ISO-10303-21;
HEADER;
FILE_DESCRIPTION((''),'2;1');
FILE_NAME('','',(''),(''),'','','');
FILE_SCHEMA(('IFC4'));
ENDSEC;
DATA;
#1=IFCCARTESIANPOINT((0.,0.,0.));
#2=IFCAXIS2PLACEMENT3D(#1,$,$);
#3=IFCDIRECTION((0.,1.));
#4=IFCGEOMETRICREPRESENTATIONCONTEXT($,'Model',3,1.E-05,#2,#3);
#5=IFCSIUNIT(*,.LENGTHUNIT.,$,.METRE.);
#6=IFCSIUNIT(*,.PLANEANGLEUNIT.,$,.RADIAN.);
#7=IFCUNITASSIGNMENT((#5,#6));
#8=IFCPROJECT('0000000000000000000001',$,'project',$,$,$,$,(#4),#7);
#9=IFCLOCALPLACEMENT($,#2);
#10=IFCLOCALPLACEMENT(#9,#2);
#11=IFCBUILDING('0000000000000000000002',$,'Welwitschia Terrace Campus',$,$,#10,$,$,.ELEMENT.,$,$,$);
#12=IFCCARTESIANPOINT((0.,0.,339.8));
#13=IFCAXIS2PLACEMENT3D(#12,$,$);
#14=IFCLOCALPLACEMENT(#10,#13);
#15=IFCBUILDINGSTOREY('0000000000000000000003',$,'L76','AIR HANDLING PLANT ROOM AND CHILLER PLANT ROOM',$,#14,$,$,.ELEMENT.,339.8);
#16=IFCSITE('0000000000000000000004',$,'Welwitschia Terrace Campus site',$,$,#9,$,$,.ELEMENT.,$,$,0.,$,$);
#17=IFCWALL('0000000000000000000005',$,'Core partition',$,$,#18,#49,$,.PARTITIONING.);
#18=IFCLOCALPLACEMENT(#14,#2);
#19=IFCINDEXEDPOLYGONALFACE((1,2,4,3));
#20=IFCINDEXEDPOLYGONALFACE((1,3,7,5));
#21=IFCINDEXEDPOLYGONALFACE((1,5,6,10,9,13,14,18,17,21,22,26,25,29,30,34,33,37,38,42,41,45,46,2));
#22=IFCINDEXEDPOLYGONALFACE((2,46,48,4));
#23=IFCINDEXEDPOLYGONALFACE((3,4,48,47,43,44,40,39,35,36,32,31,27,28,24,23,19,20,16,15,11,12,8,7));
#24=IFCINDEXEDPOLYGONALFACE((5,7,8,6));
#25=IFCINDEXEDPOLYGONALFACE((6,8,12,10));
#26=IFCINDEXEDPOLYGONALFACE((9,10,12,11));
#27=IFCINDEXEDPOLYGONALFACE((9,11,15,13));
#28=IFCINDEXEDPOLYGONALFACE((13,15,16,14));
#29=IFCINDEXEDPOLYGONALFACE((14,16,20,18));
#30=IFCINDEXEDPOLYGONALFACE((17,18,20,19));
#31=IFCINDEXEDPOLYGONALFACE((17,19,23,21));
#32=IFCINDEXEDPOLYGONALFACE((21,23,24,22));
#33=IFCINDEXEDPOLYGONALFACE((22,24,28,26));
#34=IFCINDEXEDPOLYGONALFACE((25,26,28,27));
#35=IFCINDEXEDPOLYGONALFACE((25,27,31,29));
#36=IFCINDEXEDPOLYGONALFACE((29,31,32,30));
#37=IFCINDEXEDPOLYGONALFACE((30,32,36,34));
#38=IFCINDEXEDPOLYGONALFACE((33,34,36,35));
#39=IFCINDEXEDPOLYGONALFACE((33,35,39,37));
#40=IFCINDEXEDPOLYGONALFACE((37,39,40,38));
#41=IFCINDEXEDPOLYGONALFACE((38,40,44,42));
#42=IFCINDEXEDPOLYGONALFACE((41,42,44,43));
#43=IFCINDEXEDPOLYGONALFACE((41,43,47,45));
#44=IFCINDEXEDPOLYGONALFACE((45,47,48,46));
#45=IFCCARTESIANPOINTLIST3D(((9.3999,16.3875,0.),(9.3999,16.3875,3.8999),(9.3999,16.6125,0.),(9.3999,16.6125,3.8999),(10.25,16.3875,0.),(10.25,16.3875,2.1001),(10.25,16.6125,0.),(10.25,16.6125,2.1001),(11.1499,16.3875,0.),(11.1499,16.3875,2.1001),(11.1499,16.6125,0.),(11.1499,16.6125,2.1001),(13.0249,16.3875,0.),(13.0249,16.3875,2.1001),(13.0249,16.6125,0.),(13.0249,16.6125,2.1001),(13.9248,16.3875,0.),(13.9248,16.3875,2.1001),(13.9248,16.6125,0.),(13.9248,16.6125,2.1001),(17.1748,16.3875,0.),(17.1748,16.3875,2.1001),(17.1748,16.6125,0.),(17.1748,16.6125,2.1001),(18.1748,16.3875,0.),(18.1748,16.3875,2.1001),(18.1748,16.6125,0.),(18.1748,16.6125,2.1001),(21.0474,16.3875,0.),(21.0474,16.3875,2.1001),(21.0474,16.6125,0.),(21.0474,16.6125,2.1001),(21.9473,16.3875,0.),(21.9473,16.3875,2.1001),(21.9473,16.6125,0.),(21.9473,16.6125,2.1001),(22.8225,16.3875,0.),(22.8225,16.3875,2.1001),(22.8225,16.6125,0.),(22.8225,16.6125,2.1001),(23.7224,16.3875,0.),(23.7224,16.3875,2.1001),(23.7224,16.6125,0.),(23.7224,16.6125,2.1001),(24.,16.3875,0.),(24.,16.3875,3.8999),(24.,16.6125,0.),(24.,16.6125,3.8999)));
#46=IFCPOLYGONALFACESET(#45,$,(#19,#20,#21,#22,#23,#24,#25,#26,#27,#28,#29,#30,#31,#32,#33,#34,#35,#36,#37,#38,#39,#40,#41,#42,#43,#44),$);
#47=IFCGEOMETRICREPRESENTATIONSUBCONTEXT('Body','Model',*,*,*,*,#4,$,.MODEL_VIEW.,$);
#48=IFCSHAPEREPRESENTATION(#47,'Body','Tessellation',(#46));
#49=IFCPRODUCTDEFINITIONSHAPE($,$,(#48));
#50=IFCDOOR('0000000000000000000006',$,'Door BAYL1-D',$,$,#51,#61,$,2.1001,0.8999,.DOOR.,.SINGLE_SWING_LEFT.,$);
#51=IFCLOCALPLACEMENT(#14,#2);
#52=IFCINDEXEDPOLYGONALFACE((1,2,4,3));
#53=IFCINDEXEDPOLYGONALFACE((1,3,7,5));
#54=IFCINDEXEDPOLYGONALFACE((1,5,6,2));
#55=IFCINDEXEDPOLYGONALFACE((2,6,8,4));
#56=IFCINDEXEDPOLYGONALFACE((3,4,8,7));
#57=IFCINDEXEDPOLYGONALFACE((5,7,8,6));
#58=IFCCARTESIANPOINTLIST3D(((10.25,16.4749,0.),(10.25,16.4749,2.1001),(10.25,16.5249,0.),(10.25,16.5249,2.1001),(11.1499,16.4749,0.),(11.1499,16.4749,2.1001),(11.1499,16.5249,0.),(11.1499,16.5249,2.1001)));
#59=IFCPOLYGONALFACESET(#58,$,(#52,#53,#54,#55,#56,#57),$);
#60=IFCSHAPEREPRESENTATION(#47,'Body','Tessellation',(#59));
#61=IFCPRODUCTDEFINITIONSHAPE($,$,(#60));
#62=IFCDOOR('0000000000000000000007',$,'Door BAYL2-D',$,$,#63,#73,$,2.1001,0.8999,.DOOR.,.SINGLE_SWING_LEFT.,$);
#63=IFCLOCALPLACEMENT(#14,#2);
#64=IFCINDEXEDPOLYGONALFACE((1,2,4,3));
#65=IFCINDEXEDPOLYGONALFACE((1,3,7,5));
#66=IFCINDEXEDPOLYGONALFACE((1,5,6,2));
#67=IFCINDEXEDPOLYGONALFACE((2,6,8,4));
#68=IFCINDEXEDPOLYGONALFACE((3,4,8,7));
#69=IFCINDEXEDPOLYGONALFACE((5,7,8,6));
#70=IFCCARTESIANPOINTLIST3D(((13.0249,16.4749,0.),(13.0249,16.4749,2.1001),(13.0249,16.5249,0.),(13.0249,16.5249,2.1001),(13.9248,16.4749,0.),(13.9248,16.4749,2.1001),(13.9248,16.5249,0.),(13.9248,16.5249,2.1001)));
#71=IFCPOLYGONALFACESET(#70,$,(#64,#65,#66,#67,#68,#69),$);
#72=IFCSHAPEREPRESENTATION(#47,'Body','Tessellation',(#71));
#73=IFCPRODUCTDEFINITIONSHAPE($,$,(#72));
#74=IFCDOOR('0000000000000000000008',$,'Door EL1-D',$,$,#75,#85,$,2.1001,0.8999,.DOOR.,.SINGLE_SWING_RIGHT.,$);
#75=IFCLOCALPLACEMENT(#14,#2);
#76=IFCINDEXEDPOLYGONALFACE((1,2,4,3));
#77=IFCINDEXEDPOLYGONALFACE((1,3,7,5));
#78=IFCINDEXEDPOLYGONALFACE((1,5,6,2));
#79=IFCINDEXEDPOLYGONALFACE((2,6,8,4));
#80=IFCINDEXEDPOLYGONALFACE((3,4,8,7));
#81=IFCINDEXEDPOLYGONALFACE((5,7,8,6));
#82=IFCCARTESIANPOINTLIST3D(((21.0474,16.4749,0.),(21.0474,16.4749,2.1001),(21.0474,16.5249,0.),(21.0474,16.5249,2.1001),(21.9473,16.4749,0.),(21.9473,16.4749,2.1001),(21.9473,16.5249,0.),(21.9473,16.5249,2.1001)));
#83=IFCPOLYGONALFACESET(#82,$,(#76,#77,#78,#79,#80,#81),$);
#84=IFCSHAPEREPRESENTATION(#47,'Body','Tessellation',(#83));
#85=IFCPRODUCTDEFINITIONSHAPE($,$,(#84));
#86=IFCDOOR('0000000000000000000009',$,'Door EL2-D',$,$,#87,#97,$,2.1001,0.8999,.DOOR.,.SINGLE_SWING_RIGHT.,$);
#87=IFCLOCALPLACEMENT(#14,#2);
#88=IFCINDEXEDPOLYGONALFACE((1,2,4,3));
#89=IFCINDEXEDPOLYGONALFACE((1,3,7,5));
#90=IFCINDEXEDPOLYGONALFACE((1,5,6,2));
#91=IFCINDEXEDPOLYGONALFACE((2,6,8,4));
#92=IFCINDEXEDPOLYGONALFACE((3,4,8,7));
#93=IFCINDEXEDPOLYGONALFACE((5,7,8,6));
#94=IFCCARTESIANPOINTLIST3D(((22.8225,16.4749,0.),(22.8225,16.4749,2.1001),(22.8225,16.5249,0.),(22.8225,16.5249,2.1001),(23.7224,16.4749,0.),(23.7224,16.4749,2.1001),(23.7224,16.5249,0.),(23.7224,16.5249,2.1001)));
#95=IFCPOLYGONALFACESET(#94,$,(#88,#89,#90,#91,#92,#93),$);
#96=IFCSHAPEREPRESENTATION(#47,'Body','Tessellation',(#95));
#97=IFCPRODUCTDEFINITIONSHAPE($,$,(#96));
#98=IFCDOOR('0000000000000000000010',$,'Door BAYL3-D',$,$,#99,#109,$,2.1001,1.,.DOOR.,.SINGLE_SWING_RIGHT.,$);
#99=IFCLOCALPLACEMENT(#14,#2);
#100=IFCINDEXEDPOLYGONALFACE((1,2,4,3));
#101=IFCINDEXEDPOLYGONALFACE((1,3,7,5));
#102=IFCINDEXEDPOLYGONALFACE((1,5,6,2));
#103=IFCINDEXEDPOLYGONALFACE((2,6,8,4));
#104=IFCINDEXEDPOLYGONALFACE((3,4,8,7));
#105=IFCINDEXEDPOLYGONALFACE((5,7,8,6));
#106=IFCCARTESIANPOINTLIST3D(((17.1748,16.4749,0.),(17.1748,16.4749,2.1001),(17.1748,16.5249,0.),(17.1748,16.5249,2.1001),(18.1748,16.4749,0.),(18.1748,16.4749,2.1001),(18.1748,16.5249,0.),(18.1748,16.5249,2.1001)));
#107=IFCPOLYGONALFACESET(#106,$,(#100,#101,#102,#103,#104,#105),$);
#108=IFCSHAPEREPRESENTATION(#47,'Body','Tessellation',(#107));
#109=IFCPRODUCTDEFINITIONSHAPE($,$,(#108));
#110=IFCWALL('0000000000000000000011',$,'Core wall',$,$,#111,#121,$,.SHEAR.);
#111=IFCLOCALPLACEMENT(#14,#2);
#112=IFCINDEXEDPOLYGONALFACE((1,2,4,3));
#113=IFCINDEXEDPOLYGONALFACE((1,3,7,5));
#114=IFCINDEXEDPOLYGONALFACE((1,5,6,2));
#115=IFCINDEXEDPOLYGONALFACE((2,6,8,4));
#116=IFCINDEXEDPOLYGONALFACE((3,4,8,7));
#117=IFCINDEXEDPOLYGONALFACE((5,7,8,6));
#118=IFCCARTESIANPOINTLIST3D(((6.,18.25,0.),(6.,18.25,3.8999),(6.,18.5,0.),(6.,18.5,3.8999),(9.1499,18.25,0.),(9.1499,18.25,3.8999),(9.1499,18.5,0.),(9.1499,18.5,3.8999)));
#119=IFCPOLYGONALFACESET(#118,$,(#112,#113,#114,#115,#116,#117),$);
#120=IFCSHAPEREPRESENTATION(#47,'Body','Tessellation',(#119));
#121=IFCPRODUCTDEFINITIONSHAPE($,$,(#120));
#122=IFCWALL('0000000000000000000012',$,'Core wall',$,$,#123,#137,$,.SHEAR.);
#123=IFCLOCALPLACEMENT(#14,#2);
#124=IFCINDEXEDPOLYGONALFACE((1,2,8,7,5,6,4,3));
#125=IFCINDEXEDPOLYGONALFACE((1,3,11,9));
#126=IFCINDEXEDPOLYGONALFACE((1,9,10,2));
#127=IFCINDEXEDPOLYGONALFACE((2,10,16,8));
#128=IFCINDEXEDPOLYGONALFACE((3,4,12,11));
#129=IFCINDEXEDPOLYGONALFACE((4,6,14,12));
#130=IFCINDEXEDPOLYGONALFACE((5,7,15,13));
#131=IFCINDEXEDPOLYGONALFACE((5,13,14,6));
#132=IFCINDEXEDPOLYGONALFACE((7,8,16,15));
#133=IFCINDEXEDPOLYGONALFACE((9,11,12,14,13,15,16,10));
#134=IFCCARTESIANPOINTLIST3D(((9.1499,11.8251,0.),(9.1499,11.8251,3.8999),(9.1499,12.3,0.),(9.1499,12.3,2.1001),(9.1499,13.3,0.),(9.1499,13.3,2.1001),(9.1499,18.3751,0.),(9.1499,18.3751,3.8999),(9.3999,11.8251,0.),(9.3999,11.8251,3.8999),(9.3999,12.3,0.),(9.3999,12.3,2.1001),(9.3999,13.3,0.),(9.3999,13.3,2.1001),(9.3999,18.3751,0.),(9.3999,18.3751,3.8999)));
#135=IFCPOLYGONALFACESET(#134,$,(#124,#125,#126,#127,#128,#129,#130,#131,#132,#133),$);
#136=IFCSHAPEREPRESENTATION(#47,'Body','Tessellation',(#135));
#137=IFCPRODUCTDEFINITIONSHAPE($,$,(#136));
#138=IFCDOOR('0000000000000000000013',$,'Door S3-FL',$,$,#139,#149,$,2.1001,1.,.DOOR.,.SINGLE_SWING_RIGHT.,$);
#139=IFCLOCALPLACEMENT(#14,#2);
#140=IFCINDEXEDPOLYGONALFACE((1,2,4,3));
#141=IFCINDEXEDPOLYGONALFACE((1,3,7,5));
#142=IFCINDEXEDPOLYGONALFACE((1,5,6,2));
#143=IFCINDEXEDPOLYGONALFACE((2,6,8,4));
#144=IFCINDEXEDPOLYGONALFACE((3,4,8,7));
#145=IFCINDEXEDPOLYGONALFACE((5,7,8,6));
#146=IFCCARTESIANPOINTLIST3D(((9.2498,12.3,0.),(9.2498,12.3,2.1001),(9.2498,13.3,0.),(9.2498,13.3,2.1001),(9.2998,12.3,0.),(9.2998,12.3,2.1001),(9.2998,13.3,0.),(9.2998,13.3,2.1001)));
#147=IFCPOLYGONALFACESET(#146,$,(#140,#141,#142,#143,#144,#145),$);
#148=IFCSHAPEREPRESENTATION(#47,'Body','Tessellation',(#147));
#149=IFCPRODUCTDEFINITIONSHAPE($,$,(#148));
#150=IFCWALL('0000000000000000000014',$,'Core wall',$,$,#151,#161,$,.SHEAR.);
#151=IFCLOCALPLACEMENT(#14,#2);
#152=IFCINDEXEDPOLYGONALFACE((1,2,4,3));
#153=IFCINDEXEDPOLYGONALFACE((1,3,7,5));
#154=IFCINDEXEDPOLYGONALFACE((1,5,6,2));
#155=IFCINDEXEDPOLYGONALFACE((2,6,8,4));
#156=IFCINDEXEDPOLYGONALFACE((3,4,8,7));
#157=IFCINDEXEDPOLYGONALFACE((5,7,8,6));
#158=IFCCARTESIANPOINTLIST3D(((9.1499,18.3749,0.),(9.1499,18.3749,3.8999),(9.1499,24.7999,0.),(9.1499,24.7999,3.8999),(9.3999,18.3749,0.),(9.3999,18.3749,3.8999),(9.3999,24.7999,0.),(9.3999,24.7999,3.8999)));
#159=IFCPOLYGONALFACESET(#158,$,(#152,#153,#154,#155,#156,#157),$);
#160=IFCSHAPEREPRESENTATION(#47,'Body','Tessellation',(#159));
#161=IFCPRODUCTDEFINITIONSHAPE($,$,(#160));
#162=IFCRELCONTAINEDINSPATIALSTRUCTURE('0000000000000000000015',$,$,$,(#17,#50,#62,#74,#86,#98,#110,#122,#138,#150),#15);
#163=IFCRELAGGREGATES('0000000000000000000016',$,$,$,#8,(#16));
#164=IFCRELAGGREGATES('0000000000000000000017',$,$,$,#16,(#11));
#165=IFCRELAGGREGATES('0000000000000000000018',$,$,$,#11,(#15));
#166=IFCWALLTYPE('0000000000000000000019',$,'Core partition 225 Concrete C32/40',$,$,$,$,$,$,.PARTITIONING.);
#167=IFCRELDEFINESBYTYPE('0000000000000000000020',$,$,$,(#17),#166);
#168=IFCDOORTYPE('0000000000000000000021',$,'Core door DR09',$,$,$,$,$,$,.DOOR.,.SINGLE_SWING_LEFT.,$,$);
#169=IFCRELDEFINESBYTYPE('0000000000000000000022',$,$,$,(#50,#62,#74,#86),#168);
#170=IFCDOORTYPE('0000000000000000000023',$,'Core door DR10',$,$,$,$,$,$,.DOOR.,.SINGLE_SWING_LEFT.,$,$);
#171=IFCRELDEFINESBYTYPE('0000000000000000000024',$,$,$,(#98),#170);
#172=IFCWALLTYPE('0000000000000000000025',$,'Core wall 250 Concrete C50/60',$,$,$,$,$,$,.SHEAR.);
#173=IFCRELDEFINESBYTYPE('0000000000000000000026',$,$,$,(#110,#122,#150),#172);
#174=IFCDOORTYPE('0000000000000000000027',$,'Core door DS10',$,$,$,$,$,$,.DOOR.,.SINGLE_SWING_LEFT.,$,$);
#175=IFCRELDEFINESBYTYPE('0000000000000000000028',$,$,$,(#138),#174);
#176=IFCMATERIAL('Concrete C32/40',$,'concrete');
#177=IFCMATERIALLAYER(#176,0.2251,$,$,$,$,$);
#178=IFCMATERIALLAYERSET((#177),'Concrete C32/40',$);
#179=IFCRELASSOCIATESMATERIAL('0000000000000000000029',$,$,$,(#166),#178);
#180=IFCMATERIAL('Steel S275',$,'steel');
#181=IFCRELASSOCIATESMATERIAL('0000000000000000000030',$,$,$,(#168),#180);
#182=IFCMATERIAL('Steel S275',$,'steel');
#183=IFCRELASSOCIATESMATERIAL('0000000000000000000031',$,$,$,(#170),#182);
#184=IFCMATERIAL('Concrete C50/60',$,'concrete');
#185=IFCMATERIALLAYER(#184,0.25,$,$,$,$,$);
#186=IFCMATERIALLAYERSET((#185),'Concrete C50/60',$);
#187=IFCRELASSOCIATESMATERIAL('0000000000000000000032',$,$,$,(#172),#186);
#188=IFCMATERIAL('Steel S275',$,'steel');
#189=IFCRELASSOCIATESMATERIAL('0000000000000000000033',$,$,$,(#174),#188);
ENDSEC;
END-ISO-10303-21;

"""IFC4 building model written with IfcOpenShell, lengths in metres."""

from ifc_helpers import new_model, si_unit, direction, frame, frame_2d, origin, place, context, subcontext, project, spatial, rectangle, extrude, material, layer, layer_set, type_object, element, fill, save


model = new_model("IFC4")

# Units and contexts
model_context = context("Model", 3, precision=1e-05, world=origin(), true_north=direction((0.0, 1.0)))
body_context = subcontext(model_context, "Body", "Model", "MODEL_VIEW")
ifc_project = project(units=[si_unit("LENGTHUNIT", "METRE"), si_unit("PLANEANGLEUNIT", "RADIAN")], contexts=[model_context])

# Site, building, storey
site_placement = place(None, origin())
site = spatial("IfcSite", under=ifc_project, at=site_placement, Name="Welwitschia Terrace Campus site", CompositionType="ELEMENT", RefElevation=0.0)
building_placement = place(site_placement, origin())
building = spatial("IfcBuilding", under=site, at=building_placement, Name="Welwitschia Terrace Campus", CompositionType="ELEMENT")
storey_placement = place(building_placement, frame((0.0, 0.0, 339.8)))
storey = spatial("IfcBuildingStorey", under=building, at=storey_placement, Name="L76", Description="AIR HANDLING PLANT ROOM AND CHILLER PLANT ROOM", CompositionType="ELEMENT", Elevation=339.8)

# Wall, openings, doors
ifc_material_1 = material(Name="Concrete C32/40", Category="concrete")
ifc_layer_1 = layer(ifc_material_1, 0.2251)
ifc_layer_set_1 = layer_set([ifc_layer_1], Name="Concrete C32/40")
wall_type_1 = type_object("IfcWallType", Name="Core partition 225 Concrete C32/40", PredefinedType="PARTITIONING", material=ifc_layer_set_1)
wall_1_placement = place(storey_placement, frame((9.3999, 16.5, 0.0), z_axis=(0.0, 0.0, 1.0), x_axis=(1.0, 0.0, 0.0)))
wall_1 = element("IfcWall", 1, at=wall_1_placement, inside=storey, type_object=wall_type_1, Name="Core partition", PredefinedType="PARTITIONING", context=body_context, shape_type="SweptSolid", body=[
    extrude(rectangle(XDim=14.6001, YDim=0.2251, at=frame_2d((7.3, 0.0))), origin(), (0.0, 0.0, 1.0), 3.8999),
])
opening_1_placement = place(wall_1_placement, frame((0.8501, 0.0, 0.0)))
opening_1 = element("IfcOpeningElement", 2, at=opening_1_placement, cuts=wall_1, PredefinedType="OPENING", context=body_context, shape_type="SweptSolid", body=[
    extrude(rectangle(XDim=0.8999, YDim=2.1001, at=frame_2d((0.45, 1.05))), frame((0.0, 0.1226, 0.0), z_axis=(0.0, -1.0, 0.0), x_axis=(1.0, 0.0, 0.0)), (0.0, 0.0, 1.0), 0.2451),
])
opening_2_placement = place(wall_1_placement, frame((3.625, 0.0, 0.0)))
opening_2 = element("IfcOpeningElement", 3, at=opening_2_placement, cuts=wall_1, PredefinedType="OPENING", context=body_context, shape_type="SweptSolid", body=[
    extrude(rectangle(XDim=0.8999, YDim=2.1001, at=frame_2d((0.45, 1.05))), frame((0.0, 0.1226, 0.0), z_axis=(0.0, -1.0, 0.0), x_axis=(1.0, 0.0, 0.0)), (0.0, 0.0, 1.0), 0.2451),
])
opening_3_placement = place(wall_1_placement, frame((7.7749, 0.0, 0.0)))
opening_3 = element("IfcOpeningElement", 4, at=opening_3_placement, cuts=wall_1, PredefinedType="OPENING", context=body_context, shape_type="SweptSolid", body=[
    extrude(rectangle(XDim=1.0, YDim=2.1001, at=frame_2d((0.5, 1.05))), frame((0.0, 0.1226, 0.0), z_axis=(0.0, -1.0, 0.0), x_axis=(1.0, 0.0, 0.0)), (0.0, 0.0, 1.0), 0.2451),
])
opening_4_placement = place(wall_1_placement, frame((11.6475, 0.0, 0.0)))
opening_4 = element("IfcOpeningElement", 5, at=opening_4_placement, cuts=wall_1, PredefinedType="OPENING", context=body_context, shape_type="SweptSolid", body=[
    extrude(rectangle(XDim=0.8999, YDim=2.1001, at=frame_2d((0.45, 1.05))), frame((0.0, 0.1226, 0.0), z_axis=(0.0, -1.0, 0.0), x_axis=(1.0, 0.0, 0.0)), (0.0, 0.0, 1.0), 0.2451),
])
opening_5_placement = place(wall_1_placement, frame((13.4226, 0.0, 0.0)))
opening_5 = element("IfcOpeningElement", 6, at=opening_5_placement, cuts=wall_1, PredefinedType="OPENING", context=body_context, shape_type="SweptSolid", body=[
    extrude(rectangle(XDim=0.8999, YDim=2.1001, at=frame_2d((0.45, 1.05))), frame((0.0, 0.1226, 0.0), z_axis=(0.0, -1.0, 0.0), x_axis=(1.0, 0.0, 0.0)), (0.0, 0.0, 1.0), 0.2451),
])
ifc_material_2 = material(Name="Steel S275", Category="steel")
door_type_1 = type_object("IfcDoorType", Name="Core door DR09", OperationType="SINGLE_SWING_LEFT", PredefinedType="DOOR", material=ifc_material_2)
door_1_placement = place(opening_1_placement, origin())
door_1 = element("IfcDoor", 7, at=door_1_placement, inside=storey, type_object=door_type_1, Name="Door BAYL1-D", OperationType="SINGLE_SWING_LEFT", OverallHeight=2.1001, OverallWidth=0.8999, PredefinedType="DOOR", context=body_context, shape_type="SweptSolid", body=[
    extrude(rectangle(XDim=0.8999, YDim=2.1001, at=frame_2d((0.45, 1.05))), frame((0.0, 0.0249, 0.0), z_axis=(0.0, -1.0, 0.0), x_axis=(1.0, 0.0, 0.0)), (0.0, 0.0, 1.0), 0.05),
])
fill(opening_1, door_1)
door_2_placement = place(opening_2_placement, origin())
door_2 = element("IfcDoor", 8, at=door_2_placement, inside=storey, type_object=door_type_1, Name="Door BAYL2-D", OperationType="SINGLE_SWING_LEFT", OverallHeight=2.1001, OverallWidth=0.8999, PredefinedType="DOOR", context=body_context, shape_type="SweptSolid", body=[
    extrude(rectangle(XDim=0.8999, YDim=2.1001, at=frame_2d((0.45, 1.05))), frame((0.0, 0.0249, 0.0), z_axis=(0.0, -1.0, 0.0), x_axis=(1.0, 0.0, 0.0)), (0.0, 0.0, 1.0), 0.05),
])
fill(opening_2, door_2)
door_3_placement = place(opening_4_placement, origin())
door_3 = element("IfcDoor", 9, at=door_3_placement, inside=storey, type_object=door_type_1, Name="Door EL1-D", OperationType="SINGLE_SWING_RIGHT", OverallHeight=2.1001, OverallWidth=0.8999, PredefinedType="DOOR", context=body_context, shape_type="SweptSolid", body=[
    extrude(rectangle(XDim=0.8999, YDim=2.1001, at=frame_2d((0.45, 1.05))), frame((0.0, 0.0249, 0.0), z_axis=(0.0, -1.0, 0.0), x_axis=(1.0, 0.0, 0.0)), (0.0, 0.0, 1.0), 0.05),
])
fill(opening_4, door_3)
door_4_placement = place(opening_5_placement, origin())
door_4 = element("IfcDoor", 10, at=door_4_placement, inside=storey, type_object=door_type_1, Name="Door EL2-D", OperationType="SINGLE_SWING_RIGHT", OverallHeight=2.1001, OverallWidth=0.8999, PredefinedType="DOOR", context=body_context, shape_type="SweptSolid", body=[
    extrude(rectangle(XDim=0.8999, YDim=2.1001, at=frame_2d((0.45, 1.05))), frame((0.0, 0.0249, 0.0), z_axis=(0.0, -1.0, 0.0), x_axis=(1.0, 0.0, 0.0)), (0.0, 0.0, 1.0), 0.05),
])
fill(opening_5, door_4)
ifc_material_3 = material(Name="Steel S275", Category="steel")
door_type_2 = type_object("IfcDoorType", Name="Core door DR10", OperationType="SINGLE_SWING_LEFT", PredefinedType="DOOR", material=ifc_material_3)
door_5_placement = place(opening_3_placement, origin())
door_5 = element("IfcDoor", 11, at=door_5_placement, inside=storey, type_object=door_type_2, Name="Door BAYL3-D", OperationType="SINGLE_SWING_RIGHT", OverallHeight=2.1001, OverallWidth=1.0, PredefinedType="DOOR", context=body_context, shape_type="SweptSolid", body=[
    extrude(rectangle(XDim=1.0, YDim=2.1001, at=frame_2d((0.5, 1.05))), frame((0.0, 0.0249, 0.0), z_axis=(0.0, -1.0, 0.0), x_axis=(1.0, 0.0, 0.0)), (0.0, 0.0, 1.0), 0.05),
])
fill(opening_3, door_5)

# Wall
ifc_material_4 = material(Name="Concrete C50/60", Category="concrete")
ifc_layer_2 = layer(ifc_material_4, 0.25)
ifc_layer_set_2 = layer_set([ifc_layer_2], Name="Concrete C50/60")
wall_type_2 = type_object("IfcWallType", Name="Core wall 250 Concrete C50/60", PredefinedType="SHEAR", material=ifc_layer_set_2)
wall_2_placement = place(storey_placement, frame((6.0, 18.375, 0.0), z_axis=(0.0, 0.0, 1.0), x_axis=(1.0, 0.0, 0.0)))
element("IfcWall", 12, at=wall_2_placement, inside=storey, type_object=wall_type_2, Name="Core wall", PredefinedType="SHEAR", context=body_context, shape_type="SweptSolid", body=[
    extrude(rectangle(XDim=3.1499, YDim=0.25, at=frame_2d((1.575, 0.0))), origin(), (0.0, 0.0, 1.0), 3.8999),
])

# Wall, opening, door
wall_3_placement = place(storey_placement, frame((9.2749, 18.375, 0.0), z_axis=(0.0, 0.0, 1.0), x_axis=(0.0, -1.0, 0.0)))
wall_3 = element("IfcWall", 13, at=wall_3_placement, inside=storey, type_object=wall_type_2, Name="Core wall", PredefinedType="SHEAR", context=body_context, shape_type="SweptSolid", body=[
    extrude(rectangle(XDim=6.55, YDim=0.25, at=frame_2d((3.2749, 0.0))), origin(), (0.0, 0.0, 1.0), 3.8999),
])
opening_6_placement = place(wall_3_placement, frame((5.075, 0.0, 0.0)))
opening_6 = element("IfcOpeningElement", 14, at=opening_6_placement, cuts=wall_3, PredefinedType="OPENING", context=body_context, shape_type="SweptSolid", body=[
    extrude(rectangle(XDim=1.0, YDim=2.1001, at=frame_2d((0.5, 1.05))), frame((0.0, 0.135, 0.0), z_axis=(0.0, -1.0, 0.0), x_axis=(1.0, 0.0, 0.0)), (0.0, 0.0, 1.0), 0.27),
])
ifc_material_5 = material(Name="Steel S275", Category="steel")
door_type_3 = type_object("IfcDoorType", Name="Core door DS10", OperationType="SINGLE_SWING_LEFT", PredefinedType="DOOR", material=ifc_material_5)
door_6_placement = place(opening_6_placement, origin())
door_6 = element("IfcDoor", 15, at=door_6_placement, inside=storey, type_object=door_type_3, Name="Door S3-FL", OperationType="SINGLE_SWING_RIGHT", OverallHeight=2.1001, OverallWidth=1.0, PredefinedType="DOOR", context=body_context, shape_type="SweptSolid", body=[
    extrude(rectangle(XDim=1.0, YDim=2.1001, at=frame_2d((0.5, 1.05))), frame((0.0, 0.0249, 0.0), z_axis=(0.0, -1.0, 0.0), x_axis=(1.0, 0.0, 0.0)), (0.0, 0.0, 1.0), 0.05),
])
fill(opening_6, door_6)

# Wall
wall_4_placement = place(storey_placement, frame((9.2749, 18.375, 0.0), z_axis=(0.0, 0.0, 1.0), x_axis=(0.0, 1.0, 0.0)))
element("IfcWall", 16, at=wall_4_placement, inside=storey, type_object=wall_type_2, Name="Core wall", PredefinedType="SHEAR", context=body_context, shape_type="SweptSolid", body=[
    extrude(rectangle(XDim=6.425, YDim=0.25, at=frame_2d((3.2124, 0.0))), origin(), (0.0, 0.0, 1.0), 3.8999),
])

save(model, "model.ifc")
